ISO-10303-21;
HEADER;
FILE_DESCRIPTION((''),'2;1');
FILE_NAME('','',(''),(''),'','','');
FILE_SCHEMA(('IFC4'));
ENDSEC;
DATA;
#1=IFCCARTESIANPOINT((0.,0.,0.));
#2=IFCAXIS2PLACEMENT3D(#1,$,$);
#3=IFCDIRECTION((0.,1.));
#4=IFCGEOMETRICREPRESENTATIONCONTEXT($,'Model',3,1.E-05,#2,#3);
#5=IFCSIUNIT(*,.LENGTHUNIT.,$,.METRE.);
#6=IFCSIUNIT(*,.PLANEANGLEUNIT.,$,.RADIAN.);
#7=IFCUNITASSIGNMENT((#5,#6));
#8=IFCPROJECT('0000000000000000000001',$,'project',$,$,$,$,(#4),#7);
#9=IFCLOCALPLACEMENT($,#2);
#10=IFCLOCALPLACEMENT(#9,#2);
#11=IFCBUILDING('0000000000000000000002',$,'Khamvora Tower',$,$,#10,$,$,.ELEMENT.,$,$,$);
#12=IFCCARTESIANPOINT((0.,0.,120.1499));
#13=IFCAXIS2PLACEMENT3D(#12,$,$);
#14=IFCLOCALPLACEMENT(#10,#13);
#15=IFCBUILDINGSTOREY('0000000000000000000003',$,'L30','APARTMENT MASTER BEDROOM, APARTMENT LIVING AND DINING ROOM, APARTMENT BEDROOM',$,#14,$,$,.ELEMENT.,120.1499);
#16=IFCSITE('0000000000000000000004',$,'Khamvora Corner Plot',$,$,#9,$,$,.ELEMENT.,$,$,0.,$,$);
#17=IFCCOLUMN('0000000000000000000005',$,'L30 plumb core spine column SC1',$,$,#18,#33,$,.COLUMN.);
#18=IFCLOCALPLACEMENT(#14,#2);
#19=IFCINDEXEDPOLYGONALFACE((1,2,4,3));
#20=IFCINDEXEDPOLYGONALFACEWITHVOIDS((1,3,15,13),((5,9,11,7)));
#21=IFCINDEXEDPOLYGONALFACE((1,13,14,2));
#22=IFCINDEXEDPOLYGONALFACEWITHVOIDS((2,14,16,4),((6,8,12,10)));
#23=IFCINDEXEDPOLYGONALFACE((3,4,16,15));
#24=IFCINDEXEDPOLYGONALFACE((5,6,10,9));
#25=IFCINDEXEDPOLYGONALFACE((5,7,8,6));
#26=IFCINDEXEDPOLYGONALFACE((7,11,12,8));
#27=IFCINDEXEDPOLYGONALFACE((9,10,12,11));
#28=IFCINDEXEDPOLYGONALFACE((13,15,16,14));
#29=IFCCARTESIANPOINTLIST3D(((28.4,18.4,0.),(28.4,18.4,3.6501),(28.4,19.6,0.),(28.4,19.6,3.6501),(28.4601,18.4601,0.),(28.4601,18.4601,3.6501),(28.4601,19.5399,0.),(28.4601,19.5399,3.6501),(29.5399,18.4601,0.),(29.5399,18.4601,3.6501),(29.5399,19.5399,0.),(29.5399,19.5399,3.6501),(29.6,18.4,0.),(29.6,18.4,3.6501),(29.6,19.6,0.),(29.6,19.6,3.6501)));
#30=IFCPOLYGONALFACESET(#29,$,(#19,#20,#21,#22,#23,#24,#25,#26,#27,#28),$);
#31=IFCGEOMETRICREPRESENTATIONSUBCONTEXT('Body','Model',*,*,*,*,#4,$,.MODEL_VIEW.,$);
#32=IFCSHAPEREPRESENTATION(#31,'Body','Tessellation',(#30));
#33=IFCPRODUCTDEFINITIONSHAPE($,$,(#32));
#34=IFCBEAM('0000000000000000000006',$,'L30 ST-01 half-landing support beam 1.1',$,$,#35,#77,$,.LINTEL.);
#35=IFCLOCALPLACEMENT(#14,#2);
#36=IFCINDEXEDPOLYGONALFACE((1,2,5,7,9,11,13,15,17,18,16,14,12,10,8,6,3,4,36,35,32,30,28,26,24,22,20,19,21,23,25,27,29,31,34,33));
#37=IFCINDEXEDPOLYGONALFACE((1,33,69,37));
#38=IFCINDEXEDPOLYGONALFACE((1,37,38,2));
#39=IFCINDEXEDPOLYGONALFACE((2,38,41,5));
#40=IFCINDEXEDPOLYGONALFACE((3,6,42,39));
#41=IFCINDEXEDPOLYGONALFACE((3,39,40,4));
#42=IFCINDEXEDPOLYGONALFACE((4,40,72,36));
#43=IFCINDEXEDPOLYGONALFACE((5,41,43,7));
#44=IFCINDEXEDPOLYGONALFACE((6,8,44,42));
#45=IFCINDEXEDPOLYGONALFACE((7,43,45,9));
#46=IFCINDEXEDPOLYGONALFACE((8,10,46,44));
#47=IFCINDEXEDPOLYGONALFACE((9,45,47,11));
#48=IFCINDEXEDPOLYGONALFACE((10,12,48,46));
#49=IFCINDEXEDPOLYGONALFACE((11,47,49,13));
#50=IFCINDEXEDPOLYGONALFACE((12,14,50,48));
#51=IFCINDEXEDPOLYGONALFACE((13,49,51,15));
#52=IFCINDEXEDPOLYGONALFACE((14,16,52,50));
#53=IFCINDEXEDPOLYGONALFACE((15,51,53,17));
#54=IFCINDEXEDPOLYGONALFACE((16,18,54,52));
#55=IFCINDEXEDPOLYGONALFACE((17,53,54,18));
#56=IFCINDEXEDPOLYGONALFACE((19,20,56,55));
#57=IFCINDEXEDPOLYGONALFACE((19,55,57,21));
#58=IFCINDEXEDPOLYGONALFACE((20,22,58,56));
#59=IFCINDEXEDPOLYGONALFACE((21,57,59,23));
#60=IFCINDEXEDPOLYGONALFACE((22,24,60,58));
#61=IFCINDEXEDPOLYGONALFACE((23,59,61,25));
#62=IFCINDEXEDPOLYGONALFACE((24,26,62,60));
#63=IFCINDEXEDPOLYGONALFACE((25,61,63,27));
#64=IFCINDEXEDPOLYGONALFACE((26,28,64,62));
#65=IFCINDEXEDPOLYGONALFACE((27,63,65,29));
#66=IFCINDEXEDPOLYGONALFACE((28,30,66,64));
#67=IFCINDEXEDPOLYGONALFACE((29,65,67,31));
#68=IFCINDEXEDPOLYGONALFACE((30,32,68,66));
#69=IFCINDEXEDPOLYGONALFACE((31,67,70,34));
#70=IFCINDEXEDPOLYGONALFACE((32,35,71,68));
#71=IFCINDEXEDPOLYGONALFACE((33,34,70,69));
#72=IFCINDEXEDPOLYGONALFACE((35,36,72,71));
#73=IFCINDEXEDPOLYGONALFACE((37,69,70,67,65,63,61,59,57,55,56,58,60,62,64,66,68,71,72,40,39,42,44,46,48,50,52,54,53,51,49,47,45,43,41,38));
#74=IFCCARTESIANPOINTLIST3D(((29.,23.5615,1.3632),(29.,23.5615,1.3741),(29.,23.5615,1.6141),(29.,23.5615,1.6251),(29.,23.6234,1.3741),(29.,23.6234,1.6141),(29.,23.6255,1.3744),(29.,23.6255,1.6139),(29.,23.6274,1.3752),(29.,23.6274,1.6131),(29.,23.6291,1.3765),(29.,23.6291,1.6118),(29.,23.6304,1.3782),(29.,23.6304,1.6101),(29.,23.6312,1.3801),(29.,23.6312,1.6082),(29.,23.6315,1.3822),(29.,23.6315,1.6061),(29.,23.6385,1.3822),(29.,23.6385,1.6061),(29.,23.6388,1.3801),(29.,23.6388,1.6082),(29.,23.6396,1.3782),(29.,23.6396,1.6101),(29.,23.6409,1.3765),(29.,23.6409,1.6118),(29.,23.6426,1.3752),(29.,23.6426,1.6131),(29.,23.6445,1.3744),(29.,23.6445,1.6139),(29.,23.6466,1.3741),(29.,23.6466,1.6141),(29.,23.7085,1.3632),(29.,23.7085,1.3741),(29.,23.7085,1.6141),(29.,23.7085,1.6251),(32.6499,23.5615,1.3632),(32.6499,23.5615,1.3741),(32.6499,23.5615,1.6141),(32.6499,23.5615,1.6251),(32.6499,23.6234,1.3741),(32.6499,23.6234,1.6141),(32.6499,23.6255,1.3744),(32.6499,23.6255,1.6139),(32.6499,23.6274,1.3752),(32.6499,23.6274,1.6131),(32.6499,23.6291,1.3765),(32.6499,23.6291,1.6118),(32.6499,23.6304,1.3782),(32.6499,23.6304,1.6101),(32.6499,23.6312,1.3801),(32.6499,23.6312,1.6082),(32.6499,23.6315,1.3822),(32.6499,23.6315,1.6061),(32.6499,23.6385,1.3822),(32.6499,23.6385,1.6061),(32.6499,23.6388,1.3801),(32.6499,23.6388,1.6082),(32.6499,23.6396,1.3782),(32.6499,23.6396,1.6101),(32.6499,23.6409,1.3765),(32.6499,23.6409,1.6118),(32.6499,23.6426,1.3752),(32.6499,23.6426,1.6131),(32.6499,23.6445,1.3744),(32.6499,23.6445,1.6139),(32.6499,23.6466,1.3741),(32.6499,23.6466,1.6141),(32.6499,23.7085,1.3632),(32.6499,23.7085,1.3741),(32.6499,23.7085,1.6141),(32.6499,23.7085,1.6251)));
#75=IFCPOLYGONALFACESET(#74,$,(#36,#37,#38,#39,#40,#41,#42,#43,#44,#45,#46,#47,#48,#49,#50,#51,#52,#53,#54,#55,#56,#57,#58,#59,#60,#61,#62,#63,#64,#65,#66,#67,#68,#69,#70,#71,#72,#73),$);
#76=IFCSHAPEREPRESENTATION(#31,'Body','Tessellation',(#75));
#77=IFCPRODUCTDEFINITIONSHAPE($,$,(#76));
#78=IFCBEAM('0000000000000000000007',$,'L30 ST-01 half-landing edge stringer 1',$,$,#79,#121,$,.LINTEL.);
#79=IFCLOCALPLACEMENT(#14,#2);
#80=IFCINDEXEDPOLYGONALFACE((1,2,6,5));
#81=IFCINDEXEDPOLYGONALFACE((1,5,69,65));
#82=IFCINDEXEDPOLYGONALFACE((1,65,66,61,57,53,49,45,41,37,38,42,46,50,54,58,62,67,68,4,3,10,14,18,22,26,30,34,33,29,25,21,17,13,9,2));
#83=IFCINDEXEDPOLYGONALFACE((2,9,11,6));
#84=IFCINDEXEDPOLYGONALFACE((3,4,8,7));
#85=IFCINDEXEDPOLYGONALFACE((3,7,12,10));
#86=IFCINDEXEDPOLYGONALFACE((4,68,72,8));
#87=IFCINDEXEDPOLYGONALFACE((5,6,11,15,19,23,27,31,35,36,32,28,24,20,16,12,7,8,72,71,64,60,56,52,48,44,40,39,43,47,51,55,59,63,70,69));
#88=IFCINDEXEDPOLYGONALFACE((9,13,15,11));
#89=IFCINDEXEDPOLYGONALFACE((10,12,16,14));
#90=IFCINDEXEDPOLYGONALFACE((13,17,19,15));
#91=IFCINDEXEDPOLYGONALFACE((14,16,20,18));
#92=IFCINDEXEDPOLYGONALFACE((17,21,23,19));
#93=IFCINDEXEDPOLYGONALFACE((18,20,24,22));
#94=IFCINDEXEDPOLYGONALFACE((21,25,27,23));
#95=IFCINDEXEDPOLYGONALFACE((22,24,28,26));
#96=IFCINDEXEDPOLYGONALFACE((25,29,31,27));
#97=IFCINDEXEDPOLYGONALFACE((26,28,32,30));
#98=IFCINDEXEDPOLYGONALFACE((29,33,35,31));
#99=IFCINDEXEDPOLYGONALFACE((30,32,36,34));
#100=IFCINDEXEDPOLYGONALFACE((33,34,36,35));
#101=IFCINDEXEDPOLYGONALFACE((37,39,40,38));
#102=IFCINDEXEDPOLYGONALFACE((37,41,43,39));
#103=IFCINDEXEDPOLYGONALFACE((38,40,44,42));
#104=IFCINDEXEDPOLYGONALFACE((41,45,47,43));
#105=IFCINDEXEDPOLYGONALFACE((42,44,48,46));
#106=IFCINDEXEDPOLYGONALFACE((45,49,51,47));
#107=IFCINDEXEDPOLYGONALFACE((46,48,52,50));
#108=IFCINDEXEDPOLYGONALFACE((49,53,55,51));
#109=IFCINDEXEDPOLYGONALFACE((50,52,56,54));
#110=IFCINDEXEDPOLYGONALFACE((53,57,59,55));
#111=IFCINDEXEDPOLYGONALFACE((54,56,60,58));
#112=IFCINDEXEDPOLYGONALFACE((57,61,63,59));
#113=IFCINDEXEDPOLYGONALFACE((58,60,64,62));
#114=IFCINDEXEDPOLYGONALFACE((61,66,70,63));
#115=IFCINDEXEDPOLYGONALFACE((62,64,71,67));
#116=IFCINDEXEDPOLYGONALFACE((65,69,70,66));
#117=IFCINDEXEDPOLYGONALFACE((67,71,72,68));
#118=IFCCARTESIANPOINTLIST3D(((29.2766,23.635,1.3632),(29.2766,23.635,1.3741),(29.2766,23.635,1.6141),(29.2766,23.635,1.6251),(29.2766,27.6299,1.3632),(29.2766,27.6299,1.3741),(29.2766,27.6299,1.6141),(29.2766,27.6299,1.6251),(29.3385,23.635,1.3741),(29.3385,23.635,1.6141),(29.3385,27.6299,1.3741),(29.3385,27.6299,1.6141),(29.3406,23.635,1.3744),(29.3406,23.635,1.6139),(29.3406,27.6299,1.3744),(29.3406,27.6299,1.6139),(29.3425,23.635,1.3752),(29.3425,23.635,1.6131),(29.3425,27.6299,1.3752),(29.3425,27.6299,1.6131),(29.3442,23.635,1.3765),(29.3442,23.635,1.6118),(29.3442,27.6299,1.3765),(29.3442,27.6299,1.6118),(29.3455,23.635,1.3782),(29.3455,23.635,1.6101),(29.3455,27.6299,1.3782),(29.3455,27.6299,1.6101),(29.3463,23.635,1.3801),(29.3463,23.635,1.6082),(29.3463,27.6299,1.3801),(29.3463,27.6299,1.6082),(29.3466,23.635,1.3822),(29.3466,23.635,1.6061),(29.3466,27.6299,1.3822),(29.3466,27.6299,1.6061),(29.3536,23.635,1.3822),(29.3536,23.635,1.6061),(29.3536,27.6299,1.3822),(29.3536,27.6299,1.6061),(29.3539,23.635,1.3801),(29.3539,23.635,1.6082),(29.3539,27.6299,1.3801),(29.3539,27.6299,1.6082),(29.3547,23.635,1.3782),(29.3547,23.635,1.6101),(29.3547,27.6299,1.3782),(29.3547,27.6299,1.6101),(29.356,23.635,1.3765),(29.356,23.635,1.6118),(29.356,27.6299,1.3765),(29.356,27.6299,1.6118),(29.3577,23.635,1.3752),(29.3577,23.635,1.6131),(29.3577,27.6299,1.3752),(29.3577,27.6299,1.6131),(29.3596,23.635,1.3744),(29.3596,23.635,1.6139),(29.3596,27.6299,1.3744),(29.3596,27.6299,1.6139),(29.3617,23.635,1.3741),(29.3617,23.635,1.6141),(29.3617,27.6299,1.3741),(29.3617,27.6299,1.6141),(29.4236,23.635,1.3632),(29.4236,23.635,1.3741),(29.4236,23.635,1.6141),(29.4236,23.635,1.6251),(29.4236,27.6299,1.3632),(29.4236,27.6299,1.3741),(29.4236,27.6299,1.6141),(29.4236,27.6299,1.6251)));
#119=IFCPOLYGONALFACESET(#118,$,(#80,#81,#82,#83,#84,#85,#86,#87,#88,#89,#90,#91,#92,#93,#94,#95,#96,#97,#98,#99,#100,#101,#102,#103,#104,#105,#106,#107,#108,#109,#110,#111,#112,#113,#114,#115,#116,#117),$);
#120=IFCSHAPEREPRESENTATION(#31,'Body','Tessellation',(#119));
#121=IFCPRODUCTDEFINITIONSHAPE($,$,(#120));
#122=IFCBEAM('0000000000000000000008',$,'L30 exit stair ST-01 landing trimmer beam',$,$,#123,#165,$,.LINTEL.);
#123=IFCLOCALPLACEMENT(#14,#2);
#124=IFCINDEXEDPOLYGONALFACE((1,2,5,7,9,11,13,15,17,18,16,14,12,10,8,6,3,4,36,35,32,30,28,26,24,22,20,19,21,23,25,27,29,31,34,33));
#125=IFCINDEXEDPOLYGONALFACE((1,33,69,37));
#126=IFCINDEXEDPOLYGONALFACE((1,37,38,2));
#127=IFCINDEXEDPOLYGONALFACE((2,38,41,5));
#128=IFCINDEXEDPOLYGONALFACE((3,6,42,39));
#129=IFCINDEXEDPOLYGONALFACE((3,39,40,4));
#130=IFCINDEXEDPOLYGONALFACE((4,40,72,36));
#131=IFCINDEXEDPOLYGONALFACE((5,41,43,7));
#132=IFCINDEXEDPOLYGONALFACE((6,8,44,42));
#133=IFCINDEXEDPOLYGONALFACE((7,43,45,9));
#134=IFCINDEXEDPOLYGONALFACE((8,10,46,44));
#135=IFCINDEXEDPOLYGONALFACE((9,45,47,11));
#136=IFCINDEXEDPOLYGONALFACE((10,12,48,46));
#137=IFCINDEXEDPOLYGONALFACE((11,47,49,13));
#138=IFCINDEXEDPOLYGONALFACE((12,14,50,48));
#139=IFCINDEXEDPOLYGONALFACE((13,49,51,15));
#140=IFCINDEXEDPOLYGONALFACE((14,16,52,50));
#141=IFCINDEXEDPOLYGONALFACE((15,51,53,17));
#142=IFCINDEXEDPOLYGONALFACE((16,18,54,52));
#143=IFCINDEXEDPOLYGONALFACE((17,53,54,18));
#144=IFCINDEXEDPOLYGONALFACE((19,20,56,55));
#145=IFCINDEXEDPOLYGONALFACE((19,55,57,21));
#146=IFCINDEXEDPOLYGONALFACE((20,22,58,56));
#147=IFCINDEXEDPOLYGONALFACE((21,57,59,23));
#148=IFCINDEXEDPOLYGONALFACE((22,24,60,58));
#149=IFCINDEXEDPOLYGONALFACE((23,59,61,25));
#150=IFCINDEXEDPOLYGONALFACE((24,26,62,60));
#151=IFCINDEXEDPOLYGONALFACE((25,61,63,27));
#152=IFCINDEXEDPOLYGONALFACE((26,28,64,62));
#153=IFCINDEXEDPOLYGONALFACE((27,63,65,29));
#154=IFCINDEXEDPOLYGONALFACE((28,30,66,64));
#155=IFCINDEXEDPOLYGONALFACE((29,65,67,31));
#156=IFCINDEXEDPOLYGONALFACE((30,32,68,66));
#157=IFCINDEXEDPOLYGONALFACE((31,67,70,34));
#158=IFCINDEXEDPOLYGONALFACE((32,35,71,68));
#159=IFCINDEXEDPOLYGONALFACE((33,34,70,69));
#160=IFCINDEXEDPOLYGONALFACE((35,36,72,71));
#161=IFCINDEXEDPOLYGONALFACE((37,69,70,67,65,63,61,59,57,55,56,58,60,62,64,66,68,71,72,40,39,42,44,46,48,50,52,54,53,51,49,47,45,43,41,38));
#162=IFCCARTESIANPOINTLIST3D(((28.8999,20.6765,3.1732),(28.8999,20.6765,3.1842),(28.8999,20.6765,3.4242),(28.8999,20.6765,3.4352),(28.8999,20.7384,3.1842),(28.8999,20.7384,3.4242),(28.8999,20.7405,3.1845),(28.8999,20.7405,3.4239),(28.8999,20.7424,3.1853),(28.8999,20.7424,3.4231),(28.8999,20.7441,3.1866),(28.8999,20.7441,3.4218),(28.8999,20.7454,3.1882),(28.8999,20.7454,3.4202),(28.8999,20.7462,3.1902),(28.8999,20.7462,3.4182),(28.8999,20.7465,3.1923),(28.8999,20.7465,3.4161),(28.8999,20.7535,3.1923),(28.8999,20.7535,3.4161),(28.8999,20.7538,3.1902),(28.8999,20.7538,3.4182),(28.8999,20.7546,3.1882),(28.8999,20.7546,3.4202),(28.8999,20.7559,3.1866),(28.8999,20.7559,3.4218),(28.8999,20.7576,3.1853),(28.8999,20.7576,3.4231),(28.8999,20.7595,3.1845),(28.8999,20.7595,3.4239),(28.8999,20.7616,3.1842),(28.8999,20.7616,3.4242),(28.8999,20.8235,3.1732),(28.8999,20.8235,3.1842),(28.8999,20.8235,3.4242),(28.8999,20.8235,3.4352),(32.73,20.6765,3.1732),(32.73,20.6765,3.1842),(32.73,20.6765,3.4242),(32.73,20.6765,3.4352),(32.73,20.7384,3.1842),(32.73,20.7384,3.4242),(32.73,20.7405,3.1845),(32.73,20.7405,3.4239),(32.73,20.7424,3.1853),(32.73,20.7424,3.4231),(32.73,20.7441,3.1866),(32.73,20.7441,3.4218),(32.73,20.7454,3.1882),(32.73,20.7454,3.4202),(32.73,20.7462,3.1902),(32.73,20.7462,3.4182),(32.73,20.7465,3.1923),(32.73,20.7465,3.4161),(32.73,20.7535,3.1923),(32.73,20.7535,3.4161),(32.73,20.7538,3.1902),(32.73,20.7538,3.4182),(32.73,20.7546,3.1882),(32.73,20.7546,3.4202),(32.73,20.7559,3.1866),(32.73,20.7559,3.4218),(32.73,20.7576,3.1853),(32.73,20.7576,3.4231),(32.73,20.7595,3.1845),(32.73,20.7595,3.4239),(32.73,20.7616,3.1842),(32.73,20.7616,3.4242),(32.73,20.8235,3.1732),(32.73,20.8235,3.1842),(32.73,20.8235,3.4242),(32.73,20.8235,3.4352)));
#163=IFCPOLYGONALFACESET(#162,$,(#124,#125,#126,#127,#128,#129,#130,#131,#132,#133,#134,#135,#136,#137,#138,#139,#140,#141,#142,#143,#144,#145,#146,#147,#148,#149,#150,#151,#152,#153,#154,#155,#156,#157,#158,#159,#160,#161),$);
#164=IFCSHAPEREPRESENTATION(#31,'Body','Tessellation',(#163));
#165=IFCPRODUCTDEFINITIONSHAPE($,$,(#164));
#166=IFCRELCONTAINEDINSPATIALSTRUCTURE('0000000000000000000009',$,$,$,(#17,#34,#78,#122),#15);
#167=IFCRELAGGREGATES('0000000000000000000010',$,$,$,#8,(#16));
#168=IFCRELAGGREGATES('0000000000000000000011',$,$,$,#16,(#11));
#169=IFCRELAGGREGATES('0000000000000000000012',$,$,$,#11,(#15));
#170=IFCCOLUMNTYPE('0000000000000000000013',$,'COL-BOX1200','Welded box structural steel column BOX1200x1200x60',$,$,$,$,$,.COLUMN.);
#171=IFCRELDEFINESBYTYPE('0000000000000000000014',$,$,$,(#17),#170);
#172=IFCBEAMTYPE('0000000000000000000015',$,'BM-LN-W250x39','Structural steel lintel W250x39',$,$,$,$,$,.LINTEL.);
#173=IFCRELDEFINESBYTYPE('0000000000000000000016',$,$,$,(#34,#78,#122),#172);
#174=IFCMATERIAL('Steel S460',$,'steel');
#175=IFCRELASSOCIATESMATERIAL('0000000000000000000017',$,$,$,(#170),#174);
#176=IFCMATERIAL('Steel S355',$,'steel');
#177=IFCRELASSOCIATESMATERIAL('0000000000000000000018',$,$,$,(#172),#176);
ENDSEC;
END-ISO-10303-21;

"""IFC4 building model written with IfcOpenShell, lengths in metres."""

from ifc_helpers import new_model, si_unit, direction, frame, origin, origin_2d, place, context, subcontext, project, spatial, hollow_rectangle, i_section, extrude, material, material_profile, profile_set, type_object, element, save


model = new_model("IFC4")

# Units and contexts
model_context = context("Model", 3, precision=1e-05, world=origin(), true_north=direction((0.0, 1.0)))
body_context = subcontext(model_context, "Body", "Model", "MODEL_VIEW")
ifc_project = project(units=[si_unit("LENGTHUNIT", "METRE"), si_unit("PLANEANGLEUNIT", "RADIAN")], contexts=[model_context])

# Site, building, storey
site_placement = place(None, origin())
site = spatial("IfcSite", under=ifc_project, at=site_placement, Name="Khamvora Corner Plot", CompositionType="ELEMENT", RefElevation=0.0)
building_placement = place(site_placement, origin())
building = spatial("IfcBuilding", under=site, at=building_placement, Name="Khamvora Tower", CompositionType="ELEMENT")
storey_placement = place(building_placement, frame((0.0, 0.0, 120.1499)))
storey = spatial("IfcBuildingStorey", under=building, at=storey_placement, Name="L30", Description="APARTMENT MASTER BEDROOM, APARTMENT LIVING AND DINING ROOM, APARTMENT BEDROOM", CompositionType="ELEMENT", Elevation=120.1499)

# Column
ifc_material_1 = material(Name="Steel S460", Category="steel")
ifc_material_profile_1 = material_profile(ifc_material_1, hollow_rectangle(XDim=1.2, YDim=1.2, WallThickness=0.0601, at=origin_2d()), Name="BOX1200x1200x60")
ifc_profile_set_1 = profile_set([ifc_material_profile_1], Name="Steel S460")
column_type = type_object("IfcColumnType", Name="COL-BOX1200", Description="Welded box structural steel column BOX1200x1200x60", PredefinedType="COLUMN", material=ifc_profile_set_1)
column_placement = place(storey_placement, frame((29.0, 19.0, 0.0), z_axis=(0.0, 0.0, 1.0), x_axis=(1.0, 0.0, 0.0)))
element("IfcColumn", 1, at=column_placement, inside=storey, type_object=column_type, Name="L30 plumb core spine column SC1", PredefinedType="COLUMN", context=body_context, shape_type="SweptSolid", body=[
    extrude(hollow_rectangle(XDim=1.2, YDim=1.2, WallThickness=0.0601, at=origin_2d()), origin(), (0.0, 0.0, 1.0), 3.6501),
])

# Beams
ifc_material_2 = material(Name="Steel S355", Category="steel")
ifc_material_profile_2 = material_profile(ifc_material_2, i_section(OverallWidth=0.147, OverallDepth=0.262, WebThickness=0.0071, FlangeThickness=0.011, FilletRadius=0.0081, at=origin_2d()), Name="W250x39")
ifc_profile_set_2 = profile_set([ifc_material_profile_2], Name="Steel S355")
beam_type_1 = type_object("IfcBeamType", Name="BM-LN-W250x39", Description="Structural steel lintel W250x39", PredefinedType="LINTEL", material=ifc_profile_set_2)
beam_1_placement = place(storey_placement, frame((29.0, 23.635, 1.4941), z_axis=(1.0, 0.0, 0.0), x_axis=(0.0, 1.0, 0.0)))
element("IfcBeam", 2, at=beam_1_placement, inside=storey, type_object=beam_type_1, Name="L30 ST-01 half-landing support beam 1.1", PredefinedType="LINTEL", context=body_context, shape_type="SweptSolid", body=[
    extrude(i_section(OverallWidth=0.147, OverallDepth=0.262, WebThickness=0.0071, FlangeThickness=0.011, FilletRadius=0.0081, at=origin_2d()), origin(), (0.0, 0.0, 1.0), 3.6499),
])
beam_2_placement = place(storey_placement, frame((29.3501, 23.635, 1.4941), z_axis=(0.0, 1.0, 0.0), x_axis=(-1.0, 0.0, 0.0)))
element("IfcBeam", 3, at=beam_2_placement, inside=storey, type_object=beam_type_1, Name="L30 ST-01 half-landing edge stringer 1", PredefinedType="LINTEL", context=body_context, shape_type="SweptSolid", body=[
    extrude(i_section(OverallWidth=0.147, OverallDepth=0.262, WebThickness=0.0071, FlangeThickness=0.011, FilletRadius=0.0081, at=origin_2d()), origin(), (0.0, 0.0, 1.0), 3.9949),
])
beam_3_placement = place(storey_placement, frame((28.8999, 20.75, 3.3042), z_axis=(1.0, 0.0, 0.0), x_axis=(0.0, 1.0, 0.0)))
element("IfcBeam", 4, at=beam_3_placement, inside=storey, type_object=beam_type_1, Name="L30 exit stair ST-01 landing trimmer beam", PredefinedType="LINTEL", context=body_context, shape_type="SweptSolid", body=[
    extrude(i_section(OverallWidth=0.147, OverallDepth=0.262, WebThickness=0.0071, FlangeThickness=0.011, FilletRadius=0.0081, at=origin_2d()), origin(), (0.0, 0.0, 1.0), 3.8301),
])

save(model, "model.ifc")
